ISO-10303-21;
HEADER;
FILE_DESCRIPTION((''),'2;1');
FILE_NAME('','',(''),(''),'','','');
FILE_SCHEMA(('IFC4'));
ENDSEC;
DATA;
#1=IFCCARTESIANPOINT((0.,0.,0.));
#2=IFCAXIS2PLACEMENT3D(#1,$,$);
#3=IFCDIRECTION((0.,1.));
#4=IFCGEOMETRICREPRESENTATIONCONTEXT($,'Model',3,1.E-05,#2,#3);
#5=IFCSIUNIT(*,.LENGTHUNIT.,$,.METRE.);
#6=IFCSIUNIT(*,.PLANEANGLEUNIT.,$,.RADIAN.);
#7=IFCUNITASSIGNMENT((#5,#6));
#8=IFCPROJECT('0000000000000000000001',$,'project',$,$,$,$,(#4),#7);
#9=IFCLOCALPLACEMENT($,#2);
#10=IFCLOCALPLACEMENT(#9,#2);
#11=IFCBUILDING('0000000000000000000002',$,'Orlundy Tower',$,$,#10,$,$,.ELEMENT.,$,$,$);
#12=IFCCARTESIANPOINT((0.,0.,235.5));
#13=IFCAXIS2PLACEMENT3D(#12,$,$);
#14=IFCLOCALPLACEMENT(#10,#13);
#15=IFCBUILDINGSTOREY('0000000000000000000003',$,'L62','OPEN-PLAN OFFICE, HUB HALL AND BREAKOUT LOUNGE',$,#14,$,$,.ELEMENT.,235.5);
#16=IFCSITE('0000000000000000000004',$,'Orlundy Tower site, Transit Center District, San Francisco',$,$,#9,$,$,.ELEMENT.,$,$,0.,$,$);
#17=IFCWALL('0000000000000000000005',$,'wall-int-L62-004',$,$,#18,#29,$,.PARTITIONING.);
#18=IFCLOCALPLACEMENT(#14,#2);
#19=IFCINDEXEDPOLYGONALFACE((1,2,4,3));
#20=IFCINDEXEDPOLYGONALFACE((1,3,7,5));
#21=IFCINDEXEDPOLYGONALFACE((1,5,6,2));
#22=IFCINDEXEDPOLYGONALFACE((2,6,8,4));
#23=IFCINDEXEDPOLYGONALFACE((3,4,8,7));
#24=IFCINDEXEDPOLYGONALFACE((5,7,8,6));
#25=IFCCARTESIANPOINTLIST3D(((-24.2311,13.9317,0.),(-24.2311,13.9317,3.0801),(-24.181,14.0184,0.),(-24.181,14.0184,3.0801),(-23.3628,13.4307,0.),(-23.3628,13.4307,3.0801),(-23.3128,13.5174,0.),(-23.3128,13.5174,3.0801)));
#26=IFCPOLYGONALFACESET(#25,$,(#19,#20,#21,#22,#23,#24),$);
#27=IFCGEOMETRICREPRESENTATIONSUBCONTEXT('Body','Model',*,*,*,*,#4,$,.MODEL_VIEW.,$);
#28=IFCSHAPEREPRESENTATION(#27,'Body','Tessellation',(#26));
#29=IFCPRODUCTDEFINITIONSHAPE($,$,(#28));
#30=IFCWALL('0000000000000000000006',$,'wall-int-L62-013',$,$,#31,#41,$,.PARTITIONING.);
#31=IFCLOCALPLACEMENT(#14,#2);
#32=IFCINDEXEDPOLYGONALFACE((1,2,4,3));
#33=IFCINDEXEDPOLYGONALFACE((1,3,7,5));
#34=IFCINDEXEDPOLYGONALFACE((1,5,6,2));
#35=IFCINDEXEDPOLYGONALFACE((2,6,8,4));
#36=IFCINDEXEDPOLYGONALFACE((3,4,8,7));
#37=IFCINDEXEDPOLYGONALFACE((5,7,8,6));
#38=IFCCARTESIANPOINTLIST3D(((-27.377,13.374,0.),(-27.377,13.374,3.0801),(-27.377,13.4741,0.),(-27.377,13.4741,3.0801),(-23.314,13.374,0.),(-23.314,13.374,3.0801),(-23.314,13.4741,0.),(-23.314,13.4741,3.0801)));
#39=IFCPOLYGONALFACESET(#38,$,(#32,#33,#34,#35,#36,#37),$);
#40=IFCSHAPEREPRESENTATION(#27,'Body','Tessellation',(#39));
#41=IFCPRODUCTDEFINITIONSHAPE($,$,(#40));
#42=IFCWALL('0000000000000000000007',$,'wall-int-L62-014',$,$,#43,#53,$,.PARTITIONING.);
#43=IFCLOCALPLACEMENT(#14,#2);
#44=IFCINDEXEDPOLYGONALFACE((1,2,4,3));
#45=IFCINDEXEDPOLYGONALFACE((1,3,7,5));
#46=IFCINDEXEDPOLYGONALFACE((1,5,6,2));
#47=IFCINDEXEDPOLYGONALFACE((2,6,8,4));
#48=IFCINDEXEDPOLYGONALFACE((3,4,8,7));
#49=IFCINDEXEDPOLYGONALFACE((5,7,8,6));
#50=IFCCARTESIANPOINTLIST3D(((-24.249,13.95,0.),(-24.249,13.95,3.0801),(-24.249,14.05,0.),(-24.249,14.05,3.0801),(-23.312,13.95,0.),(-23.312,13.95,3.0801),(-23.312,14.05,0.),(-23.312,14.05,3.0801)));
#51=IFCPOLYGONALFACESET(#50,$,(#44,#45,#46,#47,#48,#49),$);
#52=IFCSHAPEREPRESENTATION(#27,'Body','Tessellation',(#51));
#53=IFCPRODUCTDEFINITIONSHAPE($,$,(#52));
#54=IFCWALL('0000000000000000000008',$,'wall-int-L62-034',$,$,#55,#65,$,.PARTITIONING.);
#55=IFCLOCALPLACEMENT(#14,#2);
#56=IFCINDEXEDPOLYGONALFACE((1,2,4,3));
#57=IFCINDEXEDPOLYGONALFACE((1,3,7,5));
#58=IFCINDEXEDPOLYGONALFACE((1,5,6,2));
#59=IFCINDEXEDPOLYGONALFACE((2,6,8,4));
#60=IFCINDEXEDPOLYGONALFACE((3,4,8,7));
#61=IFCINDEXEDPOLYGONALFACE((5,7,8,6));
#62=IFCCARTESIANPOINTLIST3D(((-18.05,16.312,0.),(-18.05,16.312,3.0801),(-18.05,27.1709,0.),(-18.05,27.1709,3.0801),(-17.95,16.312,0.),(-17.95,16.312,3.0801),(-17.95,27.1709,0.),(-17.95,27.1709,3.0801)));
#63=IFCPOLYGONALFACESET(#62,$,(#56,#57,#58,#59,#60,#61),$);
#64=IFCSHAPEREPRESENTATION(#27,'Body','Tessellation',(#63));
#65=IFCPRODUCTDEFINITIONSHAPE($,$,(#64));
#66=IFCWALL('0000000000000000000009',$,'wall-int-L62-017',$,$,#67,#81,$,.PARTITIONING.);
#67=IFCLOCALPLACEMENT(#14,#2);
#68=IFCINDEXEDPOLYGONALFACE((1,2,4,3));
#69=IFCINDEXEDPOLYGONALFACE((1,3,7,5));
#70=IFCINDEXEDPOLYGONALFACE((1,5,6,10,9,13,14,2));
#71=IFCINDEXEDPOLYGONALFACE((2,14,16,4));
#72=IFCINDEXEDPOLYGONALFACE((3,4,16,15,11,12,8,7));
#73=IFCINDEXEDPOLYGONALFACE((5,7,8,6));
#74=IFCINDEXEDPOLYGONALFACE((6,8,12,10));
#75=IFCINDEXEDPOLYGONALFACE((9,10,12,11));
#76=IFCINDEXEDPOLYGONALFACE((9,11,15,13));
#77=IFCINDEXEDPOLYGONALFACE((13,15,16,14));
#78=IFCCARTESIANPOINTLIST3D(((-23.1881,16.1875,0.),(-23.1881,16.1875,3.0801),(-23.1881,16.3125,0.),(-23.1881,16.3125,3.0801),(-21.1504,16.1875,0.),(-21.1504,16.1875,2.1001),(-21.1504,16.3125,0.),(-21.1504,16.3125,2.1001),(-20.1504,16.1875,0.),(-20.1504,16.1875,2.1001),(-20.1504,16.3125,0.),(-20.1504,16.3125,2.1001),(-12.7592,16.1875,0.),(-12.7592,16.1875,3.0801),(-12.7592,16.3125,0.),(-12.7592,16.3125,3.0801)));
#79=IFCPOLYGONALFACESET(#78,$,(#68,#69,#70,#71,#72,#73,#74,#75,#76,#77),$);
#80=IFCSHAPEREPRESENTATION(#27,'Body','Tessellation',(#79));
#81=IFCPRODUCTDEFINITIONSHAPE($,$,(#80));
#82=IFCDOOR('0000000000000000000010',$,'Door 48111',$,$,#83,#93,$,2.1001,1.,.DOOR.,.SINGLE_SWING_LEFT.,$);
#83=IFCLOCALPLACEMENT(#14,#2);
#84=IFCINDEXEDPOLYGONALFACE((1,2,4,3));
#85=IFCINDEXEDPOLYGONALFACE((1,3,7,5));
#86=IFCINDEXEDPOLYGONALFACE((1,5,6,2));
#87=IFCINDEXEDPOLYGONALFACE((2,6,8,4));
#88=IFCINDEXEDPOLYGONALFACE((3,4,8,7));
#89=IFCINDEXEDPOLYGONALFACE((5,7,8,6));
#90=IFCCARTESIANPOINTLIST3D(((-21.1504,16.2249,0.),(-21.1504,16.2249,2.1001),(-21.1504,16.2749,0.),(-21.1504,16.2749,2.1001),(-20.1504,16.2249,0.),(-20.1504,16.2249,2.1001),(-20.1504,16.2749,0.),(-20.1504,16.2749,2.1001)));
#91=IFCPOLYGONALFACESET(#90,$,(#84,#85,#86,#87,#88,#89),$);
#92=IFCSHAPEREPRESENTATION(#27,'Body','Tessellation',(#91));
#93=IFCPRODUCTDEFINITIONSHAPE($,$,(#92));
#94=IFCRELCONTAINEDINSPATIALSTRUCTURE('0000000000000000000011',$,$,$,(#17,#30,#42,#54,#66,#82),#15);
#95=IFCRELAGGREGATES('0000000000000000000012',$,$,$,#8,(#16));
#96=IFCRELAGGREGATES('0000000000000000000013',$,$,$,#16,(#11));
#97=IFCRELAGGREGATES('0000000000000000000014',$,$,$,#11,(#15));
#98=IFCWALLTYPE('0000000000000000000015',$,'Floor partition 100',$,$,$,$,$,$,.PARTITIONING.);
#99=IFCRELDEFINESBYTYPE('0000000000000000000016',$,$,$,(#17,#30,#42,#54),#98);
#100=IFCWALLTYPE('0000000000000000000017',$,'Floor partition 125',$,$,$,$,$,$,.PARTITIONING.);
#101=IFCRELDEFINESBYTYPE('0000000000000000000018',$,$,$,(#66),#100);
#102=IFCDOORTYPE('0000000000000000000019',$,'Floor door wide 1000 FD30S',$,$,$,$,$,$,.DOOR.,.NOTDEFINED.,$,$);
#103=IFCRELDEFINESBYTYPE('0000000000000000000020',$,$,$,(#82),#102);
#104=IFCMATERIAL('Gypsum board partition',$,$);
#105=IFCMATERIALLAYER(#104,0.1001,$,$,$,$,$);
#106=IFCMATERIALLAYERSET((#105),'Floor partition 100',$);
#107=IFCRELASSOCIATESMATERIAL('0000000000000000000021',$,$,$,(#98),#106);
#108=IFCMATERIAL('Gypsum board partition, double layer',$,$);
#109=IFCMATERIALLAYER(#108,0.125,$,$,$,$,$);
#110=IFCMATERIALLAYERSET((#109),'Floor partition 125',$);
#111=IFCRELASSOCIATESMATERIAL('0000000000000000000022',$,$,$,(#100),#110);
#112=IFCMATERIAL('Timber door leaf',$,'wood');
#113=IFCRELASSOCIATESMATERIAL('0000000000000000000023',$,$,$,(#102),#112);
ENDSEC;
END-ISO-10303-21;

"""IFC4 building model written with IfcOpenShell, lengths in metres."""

from ifc_helpers import new_model, si_unit, direction, frame, frame_2d, origin, place, context, subcontext, project, spatial, rectangle, extrude, material, layer, layer_set, type_object, element, fill, save


model = new_model("IFC4")

# Units and contexts
model_context = context("Model", 3, precision=1e-05, world=origin(), true_north=direction((0.0, 1.0)))
body_context = subcontext(model_context, "Body", "Model", "MODEL_VIEW")
ifc_project = project(units=[si_unit("LENGTHUNIT", "METRE"), si_unit("PLANEANGLEUNIT", "RADIAN")], contexts=[model_context])

# Site, building, storey
site_placement = place(None, origin())
site = spatial("IfcSite", under=ifc_project, at=site_placement, Name="Orlundy Tower site, Transit Center District, San Francisco", CompositionType="ELEMENT", RefElevation=0.0)
building_placement = place(site_placement, origin())
building = spatial("IfcBuilding", under=site, at=building_placement, Name="Orlundy Tower", CompositionType="ELEMENT")
storey_placement = place(building_placement, frame((0.0, 0.0, 235.5)))
storey = spatial("IfcBuildingStorey", under=building, at=storey_placement, Name="L62", Description="OPEN-PLAN OFFICE, HUB HALL AND BREAKOUT LOUNGE", CompositionType="ELEMENT", Elevation=235.5)

# Walls
ifc_material_1 = material(Name="Gypsum board partition")
ifc_layer_1 = layer(ifc_material_1, 0.1001)
ifc_layer_set_1 = layer_set([ifc_layer_1], Name="Floor partition 100")
wall_type_1 = type_object("IfcWallType", Name="Floor partition 100", PredefinedType="PARTITIONING", material=ifc_layer_set_1)
wall_1_placement = place(storey_placement, frame((-24.2061, 13.9751, 0.0), z_axis=(0.0, 0.0, 1.0), x_axis=(0.866137, -0.499807, 0.0)))
element("IfcWall", 1, at=wall_1_placement, inside=storey, type_object=wall_type_1, Name="wall-int-L62-004", PredefinedType="PARTITIONING", context=body_context, shape_type="SweptSolid", body=[
    extrude(rectangle(XDim=1.0024, YDim=0.1001, at=frame_2d((0.5012, 0.0))), origin(), (0.0, 0.0, 1.0), 3.0801),
])
wall_2_placement = place(storey_placement, frame((-27.377, 13.4241, 0.0), z_axis=(0.0, 0.0, 1.0), x_axis=(1.0, 0.0, 0.0)))
element("IfcWall", 2, at=wall_2_placement, inside=storey, type_object=wall_type_1, Name="wall-int-L62-013", PredefinedType="PARTITIONING", context=body_context, shape_type="SweptSolid", body=[
    extrude(rectangle(XDim=4.063, YDim=0.1001, at=frame_2d((2.0315, 0.0))), origin(), (0.0, 0.0, 1.0), 3.0801),
])
wall_3_placement = place(storey_placement, frame((-24.249, 14.0, 0.0), z_axis=(0.0, 0.0, 1.0), x_axis=(1.0, 0.0, 0.0)))
element("IfcWall", 3, at=wall_3_placement, inside=storey, type_object=wall_type_1, Name="wall-int-L62-014", PredefinedType="PARTITIONING", context=body_context, shape_type="SweptSolid", body=[
    extrude(rectangle(XDim=0.937, YDim=0.1001, at=frame_2d((0.4685, 0.0))), origin(), (0.0, 0.0, 1.0), 3.0801),
])
wall_4_placement = place(storey_placement, frame((-18.0, 16.312, 0.0), z_axis=(0.0, 0.0, 1.0), x_axis=(0.0, 1.0, 0.0)))
element("IfcWall", 4, at=wall_4_placement, inside=storey, type_object=wall_type_1, Name="wall-int-L62-034", PredefinedType="PARTITIONING", context=body_context, shape_type="SweptSolid", body=[
    extrude(rectangle(XDim=10.8589, YDim=0.1001, at=frame_2d((5.4294, 0.0))), origin(), (0.0, 0.0, 1.0), 3.0801),
])

# Wall, opening, door
ifc_material_2 = material(Name="Gypsum board partition, double layer")
ifc_layer_2 = layer(ifc_material_2, 0.125)
ifc_layer_set_2 = layer_set([ifc_layer_2], Name="Floor partition 125")
wall_type_2 = type_object("IfcWallType", Name="Floor partition 125", PredefinedType="PARTITIONING", material=ifc_layer_set_2)
wall_5_placement = place(storey_placement, frame((-23.188, 16.25, 0.0), z_axis=(0.0, 0.0, 1.0), x_axis=(1.0, 0.0, 0.0)))
wall_5 = element("IfcWall", 5, at=wall_5_placement, inside=storey, type_object=wall_type_2, Name="wall-int-L62-017", PredefinedType="PARTITIONING", context=body_context, shape_type="SweptSolid", body=[
    extrude(rectangle(XDim=10.429, YDim=0.125, at=frame_2d((5.2144, 0.0))), origin(), (0.0, 0.0, 1.0), 3.0801),
])
opening_placement = place(wall_5_placement, frame((2.0376, 0.0, 0.0)))
opening = element("IfcOpeningElement", 6, at=opening_placement, cuts=wall_5, PredefinedType="OPENING", context=body_context, shape_type="SweptSolid", body=[
    extrude(rectangle(XDim=1.0, YDim=2.1001, at=frame_2d((0.5, 1.05))), frame((0.0, 0.0725, 0.0), z_axis=(0.0, -1.0, 0.0), x_axis=(1.0, 0.0, 0.0)), (0.0, 0.0, 1.0), 0.145),
])
ifc_material_3 = material(Name="Timber door leaf", Category="wood")
door_type = type_object("IfcDoorType", Name="Floor door wide 1000 FD30S", OperationType="NOTDEFINED", PredefinedType="DOOR", material=ifc_material_3)
door_placement = place(opening_placement, origin())
door = element("IfcDoor", 7, at=door_placement, inside=storey, type_object=door_type, Name="Door 48111", OperationType="SINGLE_SWING_LEFT", OverallHeight=2.1001, OverallWidth=1.0, PredefinedType="DOOR", context=body_context, shape_type="SweptSolid", body=[
    extrude(rectangle(XDim=1.0, YDim=2.1001, at=frame_2d((0.5, 1.05))), frame((0.0, 0.0249, 0.0), z_axis=(0.0, -1.0, 0.0), x_axis=(1.0, 0.0, 0.0)), (0.0, 0.0, 1.0), 0.05),
])
fill(opening, door)

save(model, "model.ifc")
